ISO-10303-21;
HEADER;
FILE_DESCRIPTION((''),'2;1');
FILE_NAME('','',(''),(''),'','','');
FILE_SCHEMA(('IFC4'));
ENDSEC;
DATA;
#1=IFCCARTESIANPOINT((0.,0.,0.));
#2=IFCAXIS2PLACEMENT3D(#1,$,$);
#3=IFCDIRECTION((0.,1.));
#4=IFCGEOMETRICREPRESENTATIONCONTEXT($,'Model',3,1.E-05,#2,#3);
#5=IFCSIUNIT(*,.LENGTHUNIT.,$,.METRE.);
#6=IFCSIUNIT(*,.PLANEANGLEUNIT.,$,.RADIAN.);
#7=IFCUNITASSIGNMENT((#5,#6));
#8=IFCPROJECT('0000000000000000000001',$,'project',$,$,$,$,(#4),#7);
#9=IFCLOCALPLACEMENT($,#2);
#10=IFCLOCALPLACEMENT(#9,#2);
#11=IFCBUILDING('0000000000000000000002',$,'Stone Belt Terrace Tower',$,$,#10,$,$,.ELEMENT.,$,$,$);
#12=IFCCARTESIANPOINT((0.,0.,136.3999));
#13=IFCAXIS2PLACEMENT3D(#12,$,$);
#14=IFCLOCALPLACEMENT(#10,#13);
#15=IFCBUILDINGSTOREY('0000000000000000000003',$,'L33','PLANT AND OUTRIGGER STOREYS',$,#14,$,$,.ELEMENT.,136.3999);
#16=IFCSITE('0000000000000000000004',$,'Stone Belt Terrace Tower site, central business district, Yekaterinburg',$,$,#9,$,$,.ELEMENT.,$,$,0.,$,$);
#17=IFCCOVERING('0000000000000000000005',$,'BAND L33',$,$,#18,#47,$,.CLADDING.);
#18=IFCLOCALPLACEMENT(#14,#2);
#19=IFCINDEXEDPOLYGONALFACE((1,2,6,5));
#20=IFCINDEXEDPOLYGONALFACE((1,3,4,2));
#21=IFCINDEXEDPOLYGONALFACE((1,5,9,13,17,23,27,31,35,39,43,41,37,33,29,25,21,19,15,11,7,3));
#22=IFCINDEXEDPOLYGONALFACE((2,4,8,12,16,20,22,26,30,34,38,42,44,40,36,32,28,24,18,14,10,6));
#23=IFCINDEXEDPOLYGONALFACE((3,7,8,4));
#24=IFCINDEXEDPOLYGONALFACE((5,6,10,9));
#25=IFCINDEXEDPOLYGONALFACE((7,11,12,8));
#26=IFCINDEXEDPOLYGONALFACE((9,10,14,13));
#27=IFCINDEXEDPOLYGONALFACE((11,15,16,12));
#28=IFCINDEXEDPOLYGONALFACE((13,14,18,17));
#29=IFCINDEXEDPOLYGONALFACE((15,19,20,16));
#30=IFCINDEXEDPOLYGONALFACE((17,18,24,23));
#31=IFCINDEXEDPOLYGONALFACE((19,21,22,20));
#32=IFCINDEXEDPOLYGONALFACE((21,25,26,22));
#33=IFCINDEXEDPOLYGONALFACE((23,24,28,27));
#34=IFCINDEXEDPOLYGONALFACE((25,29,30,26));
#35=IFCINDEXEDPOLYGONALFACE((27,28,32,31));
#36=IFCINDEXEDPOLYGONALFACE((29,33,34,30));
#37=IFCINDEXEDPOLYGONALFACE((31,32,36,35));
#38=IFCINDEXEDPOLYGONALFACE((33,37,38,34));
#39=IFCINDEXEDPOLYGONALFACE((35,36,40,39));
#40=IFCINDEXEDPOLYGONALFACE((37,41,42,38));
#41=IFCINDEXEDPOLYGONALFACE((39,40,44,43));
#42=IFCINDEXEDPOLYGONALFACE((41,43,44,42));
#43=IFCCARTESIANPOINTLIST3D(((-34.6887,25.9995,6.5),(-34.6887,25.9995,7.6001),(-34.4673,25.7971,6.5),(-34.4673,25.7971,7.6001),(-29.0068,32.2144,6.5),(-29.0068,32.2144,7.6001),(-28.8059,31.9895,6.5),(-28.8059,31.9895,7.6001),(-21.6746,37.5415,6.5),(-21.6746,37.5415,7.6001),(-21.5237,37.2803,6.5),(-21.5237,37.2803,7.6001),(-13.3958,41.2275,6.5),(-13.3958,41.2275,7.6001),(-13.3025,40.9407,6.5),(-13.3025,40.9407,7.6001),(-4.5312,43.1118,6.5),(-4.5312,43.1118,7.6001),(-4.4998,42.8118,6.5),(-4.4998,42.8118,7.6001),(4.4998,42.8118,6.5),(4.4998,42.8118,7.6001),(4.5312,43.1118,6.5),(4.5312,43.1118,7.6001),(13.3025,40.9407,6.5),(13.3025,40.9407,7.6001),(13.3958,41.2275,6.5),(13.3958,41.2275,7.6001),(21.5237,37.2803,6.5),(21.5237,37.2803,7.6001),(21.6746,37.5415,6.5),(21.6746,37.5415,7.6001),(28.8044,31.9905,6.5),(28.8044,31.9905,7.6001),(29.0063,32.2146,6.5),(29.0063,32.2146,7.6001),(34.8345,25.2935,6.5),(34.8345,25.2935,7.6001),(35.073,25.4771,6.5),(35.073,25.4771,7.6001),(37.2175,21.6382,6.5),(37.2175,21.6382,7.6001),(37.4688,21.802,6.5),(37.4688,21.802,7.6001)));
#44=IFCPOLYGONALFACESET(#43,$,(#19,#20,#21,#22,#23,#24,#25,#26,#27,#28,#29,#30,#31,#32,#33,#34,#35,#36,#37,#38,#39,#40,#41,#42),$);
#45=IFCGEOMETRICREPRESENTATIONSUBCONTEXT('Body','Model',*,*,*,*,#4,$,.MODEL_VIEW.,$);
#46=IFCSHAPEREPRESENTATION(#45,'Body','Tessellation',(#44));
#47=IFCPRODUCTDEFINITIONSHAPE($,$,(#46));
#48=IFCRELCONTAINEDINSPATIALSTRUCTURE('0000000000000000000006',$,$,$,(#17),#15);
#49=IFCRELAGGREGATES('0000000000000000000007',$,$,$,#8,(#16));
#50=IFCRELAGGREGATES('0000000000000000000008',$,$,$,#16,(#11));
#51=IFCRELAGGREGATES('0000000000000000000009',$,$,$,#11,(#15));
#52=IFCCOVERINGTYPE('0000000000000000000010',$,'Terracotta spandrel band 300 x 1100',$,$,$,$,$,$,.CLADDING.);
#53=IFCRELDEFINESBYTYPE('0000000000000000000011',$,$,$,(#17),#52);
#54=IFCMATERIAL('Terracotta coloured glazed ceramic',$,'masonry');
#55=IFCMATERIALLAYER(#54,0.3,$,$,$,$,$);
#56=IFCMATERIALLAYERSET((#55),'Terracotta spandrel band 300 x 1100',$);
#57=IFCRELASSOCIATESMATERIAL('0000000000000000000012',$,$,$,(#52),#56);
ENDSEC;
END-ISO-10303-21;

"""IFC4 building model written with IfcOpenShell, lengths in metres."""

from ifc_helpers import new_model, si_unit, direction, frame, origin, place, context, subcontext, project, spatial, polyline, outline, extrude, material, layer, layer_set, type_object, element, save


model = new_model("IFC4")

# Units and contexts
model_context = context("Model", 3, precision=1e-05, world=origin(), true_north=direction((0.0, 1.0)))
body_context = subcontext(model_context, "Body", "Model", "MODEL_VIEW")
ifc_project = project(units=[si_unit("LENGTHUNIT", "METRE"), si_unit("PLANEANGLEUNIT", "RADIAN")], contexts=[model_context])

# Site, building, storey
site_placement = place(None, origin())
site = spatial("IfcSite", under=ifc_project, at=site_placement, Name="Stone Belt Terrace Tower site, central business district, Yekaterinburg", CompositionType="ELEMENT", RefElevation=0.0)
building_placement = place(site_placement, origin())
building = spatial("IfcBuilding", under=site, at=building_placement, Name="Stone Belt Terrace Tower", CompositionType="ELEMENT")
storey_placement = place(building_placement, frame((0.0, 0.0, 136.3999)))
storey = spatial("IfcBuildingStorey", under=building, at=storey_placement, Name="L33", Description="PLANT AND OUTRIGGER STOREYS", CompositionType="ELEMENT", Elevation=136.3999)

# Shared definitions
ifc_material_1 = material(Name="Terracotta coloured glazed ceramic", Category="masonry")

# Covering
ifc_layer_1 = layer(ifc_material_1, 0.3)
ifc_layer_set_1 = layer_set([ifc_layer_1], Name="Terracotta spandrel band 300 x 1100")
covering_type = type_object("IfcCoveringType", Name="Terracotta spandrel band 300 x 1100", PredefinedType="CLADDING", material=ifc_layer_set_1)
covering_placement = place(storey_placement, frame((0.0, 0.0, 6.5)))
element("IfcCovering", 1, at=covering_placement, inside=storey, type_object=covering_type, Name="BAND L33", PredefinedType="CLADDING", context=body_context, shape_type="SweptSolid", body=[
    extrude(outline(polyline([(-34.6887, 25.9995), (-29.0068, 32.2144), (-21.6746, 37.5415), (-13.3958, 41.2275), (-4.5312, 43.1118), (4.5312, 43.1118), (13.3958, 41.2275), (21.6746, 37.5415), (29.0063, 32.2146), (35.073, 25.4771), (37.4688, 21.802), (37.2175, 21.6382), (34.8345, 25.2935), (28.8044, 31.9905), (21.5237, 37.2803), (13.3025, 40.9407), (4.4998, 42.8118), (-4.4998, 42.8118), (-13.3025, 40.9407), (-21.5237, 37.2803), (-28.8059, 31.9895), (-34.4673, 25.7971), (-34.6887, 25.9995)])), origin(), (0.0, 0.0, 1.0), 1.1001),
])

save(model, "model.ifc")
